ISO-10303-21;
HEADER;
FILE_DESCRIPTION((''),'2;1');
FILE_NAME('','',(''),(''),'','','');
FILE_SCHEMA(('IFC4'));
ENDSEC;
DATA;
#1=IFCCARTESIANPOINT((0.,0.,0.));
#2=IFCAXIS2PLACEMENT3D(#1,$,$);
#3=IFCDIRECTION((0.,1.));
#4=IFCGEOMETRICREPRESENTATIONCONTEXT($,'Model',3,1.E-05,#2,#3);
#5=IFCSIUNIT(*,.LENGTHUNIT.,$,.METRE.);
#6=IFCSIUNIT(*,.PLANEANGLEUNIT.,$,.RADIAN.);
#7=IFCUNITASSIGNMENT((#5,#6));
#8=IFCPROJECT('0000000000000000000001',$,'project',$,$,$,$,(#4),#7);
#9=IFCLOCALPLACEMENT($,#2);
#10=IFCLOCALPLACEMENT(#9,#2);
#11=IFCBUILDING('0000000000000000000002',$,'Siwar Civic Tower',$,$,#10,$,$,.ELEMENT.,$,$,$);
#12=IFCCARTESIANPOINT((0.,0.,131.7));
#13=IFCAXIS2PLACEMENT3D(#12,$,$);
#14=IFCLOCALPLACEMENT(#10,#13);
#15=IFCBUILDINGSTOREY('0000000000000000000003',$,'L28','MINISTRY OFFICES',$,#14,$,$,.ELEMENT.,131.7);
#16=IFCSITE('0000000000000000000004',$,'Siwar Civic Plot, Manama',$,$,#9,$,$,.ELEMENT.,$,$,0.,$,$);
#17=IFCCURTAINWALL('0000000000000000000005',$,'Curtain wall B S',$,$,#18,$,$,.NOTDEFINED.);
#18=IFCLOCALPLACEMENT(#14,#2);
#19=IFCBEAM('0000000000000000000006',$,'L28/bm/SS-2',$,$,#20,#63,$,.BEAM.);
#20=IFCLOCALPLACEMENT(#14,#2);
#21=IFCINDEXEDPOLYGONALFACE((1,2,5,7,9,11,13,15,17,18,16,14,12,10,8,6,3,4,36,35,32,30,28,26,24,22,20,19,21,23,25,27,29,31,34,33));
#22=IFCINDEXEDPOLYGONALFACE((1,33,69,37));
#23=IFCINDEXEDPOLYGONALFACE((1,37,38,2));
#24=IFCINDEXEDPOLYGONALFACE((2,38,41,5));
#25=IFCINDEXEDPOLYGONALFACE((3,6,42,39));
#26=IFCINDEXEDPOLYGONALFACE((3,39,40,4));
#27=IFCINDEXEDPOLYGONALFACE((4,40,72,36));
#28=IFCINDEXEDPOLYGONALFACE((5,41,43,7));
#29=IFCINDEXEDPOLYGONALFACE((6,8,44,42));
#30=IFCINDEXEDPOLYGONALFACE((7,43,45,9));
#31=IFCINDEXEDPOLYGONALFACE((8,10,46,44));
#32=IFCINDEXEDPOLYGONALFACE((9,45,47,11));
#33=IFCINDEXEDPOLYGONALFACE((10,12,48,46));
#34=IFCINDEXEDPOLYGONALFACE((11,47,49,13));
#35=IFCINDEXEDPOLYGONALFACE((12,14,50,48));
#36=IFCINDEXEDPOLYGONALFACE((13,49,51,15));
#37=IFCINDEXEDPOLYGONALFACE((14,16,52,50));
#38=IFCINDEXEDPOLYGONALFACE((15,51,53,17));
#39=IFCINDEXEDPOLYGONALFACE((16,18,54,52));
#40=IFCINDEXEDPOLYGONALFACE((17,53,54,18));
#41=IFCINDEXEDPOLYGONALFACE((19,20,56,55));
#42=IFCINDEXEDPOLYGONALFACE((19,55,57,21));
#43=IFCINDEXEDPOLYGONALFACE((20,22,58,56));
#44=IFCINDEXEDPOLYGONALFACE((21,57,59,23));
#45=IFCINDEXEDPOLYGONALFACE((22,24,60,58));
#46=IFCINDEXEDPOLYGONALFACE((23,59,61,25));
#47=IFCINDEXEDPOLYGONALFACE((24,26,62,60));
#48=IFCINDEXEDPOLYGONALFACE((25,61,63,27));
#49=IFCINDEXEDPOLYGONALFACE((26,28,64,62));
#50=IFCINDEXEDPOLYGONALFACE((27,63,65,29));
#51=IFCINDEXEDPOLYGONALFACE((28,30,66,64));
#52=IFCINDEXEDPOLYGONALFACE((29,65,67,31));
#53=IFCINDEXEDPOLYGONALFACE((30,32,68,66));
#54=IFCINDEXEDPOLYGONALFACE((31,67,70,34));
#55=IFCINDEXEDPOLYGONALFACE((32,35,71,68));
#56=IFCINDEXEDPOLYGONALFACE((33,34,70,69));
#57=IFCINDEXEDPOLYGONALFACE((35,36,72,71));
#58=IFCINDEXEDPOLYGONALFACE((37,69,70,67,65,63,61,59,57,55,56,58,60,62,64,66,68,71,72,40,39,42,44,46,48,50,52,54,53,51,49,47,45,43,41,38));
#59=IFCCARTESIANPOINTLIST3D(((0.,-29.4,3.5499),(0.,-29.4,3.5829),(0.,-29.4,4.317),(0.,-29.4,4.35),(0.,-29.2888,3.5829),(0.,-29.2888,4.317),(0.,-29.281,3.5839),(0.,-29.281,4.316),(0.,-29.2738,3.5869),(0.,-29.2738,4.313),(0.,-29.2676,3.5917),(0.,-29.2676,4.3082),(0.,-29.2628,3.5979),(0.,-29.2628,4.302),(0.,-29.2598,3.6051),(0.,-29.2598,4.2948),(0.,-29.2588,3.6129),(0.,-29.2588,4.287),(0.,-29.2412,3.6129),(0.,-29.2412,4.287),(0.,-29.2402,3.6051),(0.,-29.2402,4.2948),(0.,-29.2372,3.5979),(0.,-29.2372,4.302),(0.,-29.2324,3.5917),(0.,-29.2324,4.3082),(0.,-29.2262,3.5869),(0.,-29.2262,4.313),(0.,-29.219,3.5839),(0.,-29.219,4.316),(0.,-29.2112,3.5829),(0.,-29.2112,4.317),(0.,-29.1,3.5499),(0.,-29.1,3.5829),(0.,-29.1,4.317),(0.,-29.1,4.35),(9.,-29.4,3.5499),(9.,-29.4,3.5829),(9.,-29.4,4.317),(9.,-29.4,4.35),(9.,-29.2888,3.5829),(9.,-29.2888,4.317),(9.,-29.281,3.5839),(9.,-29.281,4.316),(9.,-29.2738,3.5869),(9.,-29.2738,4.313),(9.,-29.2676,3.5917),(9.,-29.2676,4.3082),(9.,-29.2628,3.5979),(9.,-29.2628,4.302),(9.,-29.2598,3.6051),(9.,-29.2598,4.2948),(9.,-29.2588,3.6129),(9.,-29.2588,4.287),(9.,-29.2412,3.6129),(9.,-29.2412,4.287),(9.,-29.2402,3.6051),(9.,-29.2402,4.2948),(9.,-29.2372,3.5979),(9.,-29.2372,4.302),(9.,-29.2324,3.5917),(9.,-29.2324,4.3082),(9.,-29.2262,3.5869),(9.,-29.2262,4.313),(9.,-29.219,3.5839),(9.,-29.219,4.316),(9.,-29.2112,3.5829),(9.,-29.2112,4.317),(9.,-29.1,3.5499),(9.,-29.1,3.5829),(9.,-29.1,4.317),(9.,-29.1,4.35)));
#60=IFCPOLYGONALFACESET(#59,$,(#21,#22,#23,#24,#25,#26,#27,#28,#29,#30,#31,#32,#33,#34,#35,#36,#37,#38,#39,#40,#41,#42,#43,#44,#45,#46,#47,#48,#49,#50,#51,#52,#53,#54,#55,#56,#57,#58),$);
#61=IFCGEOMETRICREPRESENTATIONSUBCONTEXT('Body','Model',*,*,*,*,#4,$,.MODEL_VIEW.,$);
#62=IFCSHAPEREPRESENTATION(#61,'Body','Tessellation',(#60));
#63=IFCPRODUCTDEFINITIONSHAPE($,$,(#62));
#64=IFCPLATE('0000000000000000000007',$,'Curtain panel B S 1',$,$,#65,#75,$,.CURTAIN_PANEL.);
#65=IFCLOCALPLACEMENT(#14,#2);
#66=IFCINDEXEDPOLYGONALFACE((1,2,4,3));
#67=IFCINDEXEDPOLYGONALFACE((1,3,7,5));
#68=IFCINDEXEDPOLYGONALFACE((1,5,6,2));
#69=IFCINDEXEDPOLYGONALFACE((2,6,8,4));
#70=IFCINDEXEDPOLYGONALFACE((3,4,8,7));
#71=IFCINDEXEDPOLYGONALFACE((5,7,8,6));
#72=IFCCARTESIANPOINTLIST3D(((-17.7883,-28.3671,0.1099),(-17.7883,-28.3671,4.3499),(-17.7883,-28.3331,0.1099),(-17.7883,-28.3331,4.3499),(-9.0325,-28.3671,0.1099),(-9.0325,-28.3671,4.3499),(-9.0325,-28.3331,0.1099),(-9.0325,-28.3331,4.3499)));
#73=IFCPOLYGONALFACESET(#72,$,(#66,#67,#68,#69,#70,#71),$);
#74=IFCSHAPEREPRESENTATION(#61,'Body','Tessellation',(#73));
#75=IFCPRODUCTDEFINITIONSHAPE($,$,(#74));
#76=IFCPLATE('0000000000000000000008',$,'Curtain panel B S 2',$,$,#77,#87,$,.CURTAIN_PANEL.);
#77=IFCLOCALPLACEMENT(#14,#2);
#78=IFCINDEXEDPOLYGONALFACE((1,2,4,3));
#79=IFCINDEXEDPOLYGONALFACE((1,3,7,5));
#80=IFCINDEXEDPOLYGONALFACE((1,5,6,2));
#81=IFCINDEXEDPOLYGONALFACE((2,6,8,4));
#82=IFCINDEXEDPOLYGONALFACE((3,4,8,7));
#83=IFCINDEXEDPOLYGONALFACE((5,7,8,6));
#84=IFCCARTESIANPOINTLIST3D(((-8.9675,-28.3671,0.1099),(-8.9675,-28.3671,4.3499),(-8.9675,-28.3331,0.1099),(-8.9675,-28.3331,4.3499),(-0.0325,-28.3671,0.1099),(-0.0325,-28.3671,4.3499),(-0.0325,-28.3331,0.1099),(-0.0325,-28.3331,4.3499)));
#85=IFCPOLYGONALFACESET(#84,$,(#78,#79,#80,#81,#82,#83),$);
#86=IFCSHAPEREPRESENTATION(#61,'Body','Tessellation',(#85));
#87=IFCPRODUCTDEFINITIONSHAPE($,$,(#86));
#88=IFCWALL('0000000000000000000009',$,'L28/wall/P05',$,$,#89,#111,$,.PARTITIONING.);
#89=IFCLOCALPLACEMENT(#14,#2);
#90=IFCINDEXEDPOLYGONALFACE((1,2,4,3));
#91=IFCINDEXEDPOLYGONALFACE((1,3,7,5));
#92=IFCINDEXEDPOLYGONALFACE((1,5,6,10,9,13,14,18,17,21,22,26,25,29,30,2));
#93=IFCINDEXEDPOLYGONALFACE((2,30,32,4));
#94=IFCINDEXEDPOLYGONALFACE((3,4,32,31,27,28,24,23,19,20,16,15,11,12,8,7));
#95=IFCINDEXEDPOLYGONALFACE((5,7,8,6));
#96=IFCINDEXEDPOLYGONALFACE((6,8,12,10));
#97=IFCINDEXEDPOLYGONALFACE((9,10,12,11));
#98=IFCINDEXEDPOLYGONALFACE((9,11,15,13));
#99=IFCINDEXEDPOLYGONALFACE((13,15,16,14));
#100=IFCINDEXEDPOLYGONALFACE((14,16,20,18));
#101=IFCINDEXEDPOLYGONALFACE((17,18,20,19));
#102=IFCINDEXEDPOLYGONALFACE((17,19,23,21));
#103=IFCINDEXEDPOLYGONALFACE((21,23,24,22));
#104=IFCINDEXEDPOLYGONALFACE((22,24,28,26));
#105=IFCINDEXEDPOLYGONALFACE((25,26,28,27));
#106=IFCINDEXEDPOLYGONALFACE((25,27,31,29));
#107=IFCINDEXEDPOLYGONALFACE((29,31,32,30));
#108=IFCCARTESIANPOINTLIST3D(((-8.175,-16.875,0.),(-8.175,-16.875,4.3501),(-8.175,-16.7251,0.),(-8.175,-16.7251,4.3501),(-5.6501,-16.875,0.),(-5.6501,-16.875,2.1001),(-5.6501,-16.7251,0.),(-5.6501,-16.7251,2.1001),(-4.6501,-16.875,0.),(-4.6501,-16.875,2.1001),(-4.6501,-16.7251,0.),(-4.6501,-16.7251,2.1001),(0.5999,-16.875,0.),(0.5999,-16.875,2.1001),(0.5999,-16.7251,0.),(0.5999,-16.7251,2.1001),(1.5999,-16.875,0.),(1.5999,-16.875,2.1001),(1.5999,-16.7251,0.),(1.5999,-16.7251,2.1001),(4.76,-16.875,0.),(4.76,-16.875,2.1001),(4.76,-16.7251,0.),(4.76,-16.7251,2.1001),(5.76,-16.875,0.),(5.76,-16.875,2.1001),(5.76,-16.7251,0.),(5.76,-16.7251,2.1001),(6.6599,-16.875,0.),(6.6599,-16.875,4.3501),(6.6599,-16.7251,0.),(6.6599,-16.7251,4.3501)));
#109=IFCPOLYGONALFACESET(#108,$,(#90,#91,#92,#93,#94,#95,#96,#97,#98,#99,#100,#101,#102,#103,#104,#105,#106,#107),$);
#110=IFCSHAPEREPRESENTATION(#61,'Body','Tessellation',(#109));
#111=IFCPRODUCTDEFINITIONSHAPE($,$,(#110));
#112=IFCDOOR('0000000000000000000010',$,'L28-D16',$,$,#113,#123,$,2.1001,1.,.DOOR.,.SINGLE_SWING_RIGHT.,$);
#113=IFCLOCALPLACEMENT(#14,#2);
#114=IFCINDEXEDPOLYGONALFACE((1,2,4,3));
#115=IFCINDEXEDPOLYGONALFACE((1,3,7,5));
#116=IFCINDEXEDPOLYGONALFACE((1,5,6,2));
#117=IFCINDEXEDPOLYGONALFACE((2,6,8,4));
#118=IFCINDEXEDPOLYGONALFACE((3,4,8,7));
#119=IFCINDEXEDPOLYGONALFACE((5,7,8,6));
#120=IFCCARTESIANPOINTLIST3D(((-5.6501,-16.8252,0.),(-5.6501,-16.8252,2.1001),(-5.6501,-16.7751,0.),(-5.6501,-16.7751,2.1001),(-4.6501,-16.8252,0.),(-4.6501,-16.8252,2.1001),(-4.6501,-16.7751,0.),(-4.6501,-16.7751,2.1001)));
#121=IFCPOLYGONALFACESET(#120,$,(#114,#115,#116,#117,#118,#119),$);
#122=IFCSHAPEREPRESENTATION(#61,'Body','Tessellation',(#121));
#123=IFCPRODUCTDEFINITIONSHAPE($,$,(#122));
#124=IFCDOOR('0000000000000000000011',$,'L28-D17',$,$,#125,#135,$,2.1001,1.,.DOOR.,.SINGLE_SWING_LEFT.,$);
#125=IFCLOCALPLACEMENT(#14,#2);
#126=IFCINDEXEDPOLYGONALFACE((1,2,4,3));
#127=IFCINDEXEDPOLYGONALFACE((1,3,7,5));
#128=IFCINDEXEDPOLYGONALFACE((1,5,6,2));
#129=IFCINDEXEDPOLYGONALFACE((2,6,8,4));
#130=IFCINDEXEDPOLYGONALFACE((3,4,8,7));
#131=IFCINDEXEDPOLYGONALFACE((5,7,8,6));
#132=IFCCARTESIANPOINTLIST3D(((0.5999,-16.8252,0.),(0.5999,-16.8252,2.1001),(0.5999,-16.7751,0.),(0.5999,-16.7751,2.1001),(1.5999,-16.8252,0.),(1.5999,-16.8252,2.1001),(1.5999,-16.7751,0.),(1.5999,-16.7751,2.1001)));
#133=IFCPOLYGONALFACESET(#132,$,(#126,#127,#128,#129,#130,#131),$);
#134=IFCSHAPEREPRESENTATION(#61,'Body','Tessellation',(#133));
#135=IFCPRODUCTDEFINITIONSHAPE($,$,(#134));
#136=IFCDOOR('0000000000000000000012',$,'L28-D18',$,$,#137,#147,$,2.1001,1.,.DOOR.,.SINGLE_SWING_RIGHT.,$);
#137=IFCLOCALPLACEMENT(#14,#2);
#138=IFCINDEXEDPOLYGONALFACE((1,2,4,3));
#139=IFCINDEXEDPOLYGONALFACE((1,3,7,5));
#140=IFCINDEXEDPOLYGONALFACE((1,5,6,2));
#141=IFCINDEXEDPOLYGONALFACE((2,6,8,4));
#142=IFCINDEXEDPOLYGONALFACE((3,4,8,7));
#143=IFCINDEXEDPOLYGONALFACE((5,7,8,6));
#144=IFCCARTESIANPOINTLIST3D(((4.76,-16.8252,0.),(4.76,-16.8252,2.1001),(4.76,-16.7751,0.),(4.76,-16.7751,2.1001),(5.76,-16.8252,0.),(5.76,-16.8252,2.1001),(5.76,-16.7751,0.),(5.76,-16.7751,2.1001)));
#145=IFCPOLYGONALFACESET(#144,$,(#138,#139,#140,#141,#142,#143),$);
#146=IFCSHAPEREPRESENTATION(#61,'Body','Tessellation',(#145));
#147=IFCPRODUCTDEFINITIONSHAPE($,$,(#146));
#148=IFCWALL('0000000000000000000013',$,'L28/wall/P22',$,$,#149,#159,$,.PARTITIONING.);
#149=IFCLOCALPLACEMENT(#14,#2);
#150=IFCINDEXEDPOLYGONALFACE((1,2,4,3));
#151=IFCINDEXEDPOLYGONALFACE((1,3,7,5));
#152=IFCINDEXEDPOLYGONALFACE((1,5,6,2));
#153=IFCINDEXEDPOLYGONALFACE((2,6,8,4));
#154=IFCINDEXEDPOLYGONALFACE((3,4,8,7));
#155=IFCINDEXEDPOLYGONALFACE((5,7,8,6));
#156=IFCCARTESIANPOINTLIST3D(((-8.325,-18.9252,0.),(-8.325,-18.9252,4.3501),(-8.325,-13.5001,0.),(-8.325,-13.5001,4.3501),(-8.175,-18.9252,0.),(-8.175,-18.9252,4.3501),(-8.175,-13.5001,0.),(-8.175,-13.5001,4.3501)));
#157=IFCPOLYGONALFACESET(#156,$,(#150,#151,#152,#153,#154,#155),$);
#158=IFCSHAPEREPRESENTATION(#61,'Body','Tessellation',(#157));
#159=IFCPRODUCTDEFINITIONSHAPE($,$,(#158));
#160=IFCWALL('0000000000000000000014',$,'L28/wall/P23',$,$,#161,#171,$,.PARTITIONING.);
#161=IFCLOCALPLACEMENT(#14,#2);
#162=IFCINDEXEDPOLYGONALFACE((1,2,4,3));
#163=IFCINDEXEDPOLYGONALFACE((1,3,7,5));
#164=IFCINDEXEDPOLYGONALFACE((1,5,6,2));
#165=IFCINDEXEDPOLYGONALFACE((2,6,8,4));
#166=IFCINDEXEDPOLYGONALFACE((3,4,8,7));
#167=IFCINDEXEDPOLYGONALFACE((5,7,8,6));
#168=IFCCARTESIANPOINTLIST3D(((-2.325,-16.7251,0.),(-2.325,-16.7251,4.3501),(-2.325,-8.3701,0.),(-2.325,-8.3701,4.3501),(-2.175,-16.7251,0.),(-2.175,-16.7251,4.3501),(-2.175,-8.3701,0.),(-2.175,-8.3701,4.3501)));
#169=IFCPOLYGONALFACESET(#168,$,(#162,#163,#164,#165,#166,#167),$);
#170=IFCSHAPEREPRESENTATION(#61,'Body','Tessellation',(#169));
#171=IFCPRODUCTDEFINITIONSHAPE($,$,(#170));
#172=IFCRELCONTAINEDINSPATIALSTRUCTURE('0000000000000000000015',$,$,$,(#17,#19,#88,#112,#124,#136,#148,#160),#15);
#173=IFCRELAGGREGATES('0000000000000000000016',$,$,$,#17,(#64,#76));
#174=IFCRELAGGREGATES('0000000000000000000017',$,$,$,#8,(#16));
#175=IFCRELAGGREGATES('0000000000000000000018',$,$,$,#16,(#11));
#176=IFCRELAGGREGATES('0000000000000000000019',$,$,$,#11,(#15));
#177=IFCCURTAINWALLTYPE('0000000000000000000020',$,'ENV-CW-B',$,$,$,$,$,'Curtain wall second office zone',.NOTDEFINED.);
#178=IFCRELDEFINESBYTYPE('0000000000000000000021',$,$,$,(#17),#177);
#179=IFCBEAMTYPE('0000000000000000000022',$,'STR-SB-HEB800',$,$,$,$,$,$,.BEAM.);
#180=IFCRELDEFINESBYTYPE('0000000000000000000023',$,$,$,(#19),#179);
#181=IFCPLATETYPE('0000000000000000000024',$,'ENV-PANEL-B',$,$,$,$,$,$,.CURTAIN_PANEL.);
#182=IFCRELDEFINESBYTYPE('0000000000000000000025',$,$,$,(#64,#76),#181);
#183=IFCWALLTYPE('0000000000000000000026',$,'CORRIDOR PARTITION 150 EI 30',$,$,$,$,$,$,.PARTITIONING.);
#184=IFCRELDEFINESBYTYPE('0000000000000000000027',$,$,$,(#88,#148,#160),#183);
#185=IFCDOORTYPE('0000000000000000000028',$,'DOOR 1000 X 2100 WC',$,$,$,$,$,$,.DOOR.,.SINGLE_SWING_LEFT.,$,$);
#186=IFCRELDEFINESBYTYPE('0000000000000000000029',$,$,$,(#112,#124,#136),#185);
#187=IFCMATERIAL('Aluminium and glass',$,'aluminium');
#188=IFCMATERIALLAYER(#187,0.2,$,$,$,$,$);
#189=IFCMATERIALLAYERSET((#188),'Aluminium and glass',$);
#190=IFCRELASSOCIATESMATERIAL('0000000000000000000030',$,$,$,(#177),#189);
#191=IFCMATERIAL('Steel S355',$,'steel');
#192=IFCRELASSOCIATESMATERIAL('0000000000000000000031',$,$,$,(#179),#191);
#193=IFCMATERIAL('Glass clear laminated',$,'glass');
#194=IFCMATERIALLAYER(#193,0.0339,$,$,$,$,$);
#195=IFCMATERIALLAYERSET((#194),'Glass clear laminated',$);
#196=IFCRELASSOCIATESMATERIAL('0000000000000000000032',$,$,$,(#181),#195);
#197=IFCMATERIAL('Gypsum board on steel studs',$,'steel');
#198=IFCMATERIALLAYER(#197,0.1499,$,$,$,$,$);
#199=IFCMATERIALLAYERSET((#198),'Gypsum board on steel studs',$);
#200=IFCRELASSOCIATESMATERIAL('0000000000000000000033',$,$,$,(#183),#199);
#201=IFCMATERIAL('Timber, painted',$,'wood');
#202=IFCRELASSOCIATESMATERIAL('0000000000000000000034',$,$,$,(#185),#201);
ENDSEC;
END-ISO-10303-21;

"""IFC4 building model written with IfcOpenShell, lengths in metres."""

from ifc_helpers import new_model, si_unit, direction, frame, frame_2d, origin, origin_2d, place, context, subcontext, project, spatial, rectangle, i_section, extrude, material, layer, layer_set, material_profile, profile_set, type_object, element, fill, aggregate, save


model = new_model("IFC4")

# Units and contexts
model_context = context("Model", 3, precision=1e-05, world=origin(), true_north=direction((0.0, 1.0)))
body_context = subcontext(model_context, "Body", "Model", "MODEL_VIEW")
ifc_project = project(units=[si_unit("LENGTHUNIT", "METRE"), si_unit("PLANEANGLEUNIT", "RADIAN")], contexts=[model_context])

# Site, building, storey
site_placement = place(None, origin())
site = spatial("IfcSite", under=ifc_project, at=site_placement, Name="Siwar Civic Plot, Manama", CompositionType="ELEMENT", RefElevation=0.0)
building_placement = place(site_placement, origin())
building = spatial("IfcBuilding", under=site, at=building_placement, Name="Siwar Civic Tower", CompositionType="ELEMENT")
storey_placement = place(building_placement, frame((0.0, 0.0, 131.7)))
storey = spatial("IfcBuildingStorey", under=building, at=storey_placement, Name="L28", Description="MINISTRY OFFICES", CompositionType="ELEMENT", Elevation=131.7)

# Curtain wall
ifc_material_1 = material(Name="Aluminium and glass", Category="aluminium")
ifc_layer_1 = layer(ifc_material_1, 0.2)
ifc_layer_set_1 = layer_set([ifc_layer_1], Name="Aluminium and glass")
curtain_wall_type = type_object("IfcCurtainWallType", Name="ENV-CW-B", ElementType="Curtain wall second office zone", PredefinedType="NOTDEFINED", material=ifc_layer_set_1)
curtain_wall_placement = place(storey_placement, origin())
curtain_wall = element("IfcCurtainWall", 1, at=curtain_wall_placement, inside=storey, type_object=curtain_wall_type, Name="Curtain wall B S", PredefinedType="NOTDEFINED")

# Beam
ifc_material_2 = material(Name="Steel S355", Category="steel")
ifc_material_profile_1 = material_profile(ifc_material_2, i_section(OverallWidth=0.3, OverallDepth=0.8, WebThickness=0.0176, FlangeThickness=0.033, FilletRadius=0.03, at=origin_2d()), Name="HEB800")
ifc_profile_set_1 = profile_set([ifc_material_profile_1], Name="Steel S355")
beam_type_1 = type_object("IfcBeamType", Name="STR-SB-HEB800", PredefinedType="BEAM", material=ifc_profile_set_1)
for number, where, z_axis, x_axis, name in (
    (2, (0.0, -29.25, 3.95), (1.0, 0.0, 0.0), (0.0, 1.0, 0.0), "L28/bm/SS-2"),
):
    element("IfcBeam", number, at=place(storey_placement, frame(where, z_axis=z_axis, x_axis=x_axis)), inside=storey, type_object=beam_type_1, Name=name, PredefinedType="BEAM", context=body_context, shape_type="SweptSolid", body=[
        extrude(i_section(OverallWidth=0.3, OverallDepth=0.8, WebThickness=0.0176, FlangeThickness=0.033, FilletRadius=0.03, at=origin_2d()), origin(), (0.0, 0.0, 1.0), 9.0),
    ])

# Plates
ifc_material_3 = material(Name="Glass clear laminated", Category="glass")
ifc_layer_2 = layer(ifc_material_3, 0.0339)
ifc_layer_set_2 = layer_set([ifc_layer_2], Name="Glass clear laminated")
plate_type = type_object("IfcPlateType", Name="ENV-PANEL-B", PredefinedType="CURTAIN_PANEL", material=ifc_layer_set_2)
plate_1_placement = place(storey_placement, frame((-13.4104, -28.3501, 0.1099), z_axis=(0.0, 0.0, 1.0), x_axis=(1.0, 0.0, 0.0)))
plate_1 = element("IfcPlate", 3, at=plate_1_placement, type_object=plate_type, Name="Curtain panel B S 1", PredefinedType="CURTAIN_PANEL", context=body_context, shape_type="SweptSolid", body=[
    extrude(rectangle(XDim=8.7559, YDim=0.0339, at=origin_2d()), origin(), (0.0, 0.0, 1.0), 4.24),
])
plate_2_placement = place(storey_placement, frame((-4.5, -28.3501, 0.1099), z_axis=(0.0, 0.0, 1.0), x_axis=(1.0, 0.0, 0.0)))
plate_2 = element("IfcPlate", 4, at=plate_2_placement, type_object=plate_type, Name="Curtain panel B S 2", PredefinedType="CURTAIN_PANEL", context=body_context, shape_type="SweptSolid", body=[
    extrude(rectangle(XDim=8.9351, YDim=0.0339, at=origin_2d()), origin(), (0.0, 0.0, 1.0), 4.24),
])
aggregate(curtain_wall, [plate_1, plate_2])

# Wall, openings, doors
ifc_material_4 = material(Name="Gypsum board on steel studs", Category="steel")
ifc_layer_3 = layer(ifc_material_4, 0.1499)
ifc_layer_set_3 = layer_set([ifc_layer_3], Name="Gypsum board on steel studs")
wall_type_1 = type_object("IfcWallType", Name="CORRIDOR PARTITION 150 EI 30", PredefinedType="PARTITIONING", material=ifc_layer_set_3)
wall_1_placement = place(storey_placement, frame((-8.175, -16.8, 0.0), z_axis=(0.0, 0.0, 1.0), x_axis=(1.0, 0.0, 0.0)))
wall_1 = element("IfcWall", 5, at=wall_1_placement, inside=storey, type_object=wall_type_1, Name="L28/wall/P05", PredefinedType="PARTITIONING", context=body_context, shape_type="SweptSolid", body=[
    extrude(rectangle(XDim=14.835, YDim=0.1499, at=frame_2d((7.4175, 0.0))), origin(), (0.0, 0.0, 1.0), 4.3501),
])
opening_1_placement = place(wall_1_placement, frame((2.5249, 0.0, 0.0)))
opening_1 = element("IfcOpeningElement", 6, at=opening_1_placement, cuts=wall_1, PredefinedType="OPENING", context=body_context, shape_type="SweptSolid", body=[
    extrude(rectangle(XDim=1.0, YDim=2.1001, at=frame_2d((0.5, 1.05))), frame((0.0, 0.085, 0.0), z_axis=(0.0, -1.0, 0.0), x_axis=(1.0, 0.0, 0.0)), (0.0, 0.0, 1.0), 0.1699),
])
opening_2_placement = place(wall_1_placement, frame((8.7749, 0.0, 0.0)))
opening_2 = element("IfcOpeningElement", 7, at=opening_2_placement, cuts=wall_1, PredefinedType="OPENING", context=body_context, shape_type="SweptSolid", body=[
    extrude(rectangle(XDim=1.0, YDim=2.1001, at=frame_2d((0.5, 1.05))), frame((0.0, 0.085, 0.0), z_axis=(0.0, -1.0, 0.0), x_axis=(1.0, 0.0, 0.0)), (0.0, 0.0, 1.0), 0.1699),
])
opening_3_placement = place(wall_1_placement, frame((12.9351, 0.0, 0.0)))
opening_3 = element("IfcOpeningElement", 8, at=opening_3_placement, cuts=wall_1, PredefinedType="OPENING", context=body_context, shape_type="SweptSolid", body=[
    extrude(rectangle(XDim=1.0, YDim=2.1001, at=frame_2d((0.5, 1.05))), frame((0.0, 0.085, 0.0), z_axis=(0.0, -1.0, 0.0), x_axis=(1.0, 0.0, 0.0)), (0.0, 0.0, 1.0), 0.1699),
])
ifc_material_5 = material(Name="Timber, painted", Category="wood")
door_type = type_object("IfcDoorType", Name="DOOR 1000 X 2100 WC", OperationType="SINGLE_SWING_LEFT", PredefinedType="DOOR", material=ifc_material_5)
door_1_placement = place(opening_1_placement, origin())
door_1 = element("IfcDoor", 9, at=door_1_placement, inside=storey, type_object=door_type, Name="L28-D16", OperationType="SINGLE_SWING_RIGHT", OverallHeight=2.1001, OverallWidth=1.0, PredefinedType="DOOR", context=body_context, shape_type="SweptSolid", body=[
    extrude(rectangle(XDim=1.0, YDim=2.1001, at=frame_2d((0.5, 1.05))), frame((0.0, 0.0249, 0.0), z_axis=(0.0, -1.0, 0.0), x_axis=(1.0, 0.0, 0.0)), (0.0, 0.0, 1.0), 0.05),
])
fill(opening_1, door_1)
door_2_placement = place(opening_2_placement, origin())
door_2 = element("IfcDoor", 10, at=door_2_placement, inside=storey, type_object=door_type, Name="L28-D17", OperationType="SINGLE_SWING_LEFT", OverallHeight=2.1001, OverallWidth=1.0, PredefinedType="DOOR", context=body_context, shape_type="SweptSolid", body=[
    extrude(rectangle(XDim=1.0, YDim=2.1001, at=frame_2d((0.5, 1.05))), frame((0.0, 0.0249, 0.0), z_axis=(0.0, -1.0, 0.0), x_axis=(1.0, 0.0, 0.0)), (0.0, 0.0, 1.0), 0.05),
])
fill(opening_2, door_2)
door_3_placement = place(opening_3_placement, origin())
door_3 = element("IfcDoor", 11, at=door_3_placement, inside=storey, type_object=door_type, Name="L28-D18", OperationType="SINGLE_SWING_RIGHT", OverallHeight=2.1001, OverallWidth=1.0, PredefinedType="DOOR", context=body_context, shape_type="SweptSolid", body=[
    extrude(rectangle(XDim=1.0, YDim=2.1001, at=frame_2d((0.5, 1.05))), frame((0.0, 0.0249, 0.0), z_axis=(0.0, -1.0, 0.0), x_axis=(1.0, 0.0, 0.0)), (0.0, 0.0, 1.0), 0.05),
])
fill(opening_3, door_3)

# Walls
wall_2_placement = place(storey_placement, frame((-8.25, -18.925, 0.0), z_axis=(0.0, 0.0, 1.0), x_axis=(0.0, 1.0, 0.0)))
element("IfcWall", 12, at=wall_2_placement, inside=storey, type_object=wall_type_1, Name="L28/wall/P22", PredefinedType="PARTITIONING", context=body_context, shape_type="SweptSolid", body=[
    extrude(rectangle(XDim=5.425, YDim=0.1499, at=frame_2d((2.7124, 0.0))), origin(), (0.0, 0.0, 1.0), 4.3501),
])
wall_3_placement = place(storey_placement, frame((-2.25, -16.7251, 0.0), z_axis=(0.0, 0.0, 1.0), x_axis=(0.0, 1.0, 0.0)))
element("IfcWall", 13, at=wall_3_placement, inside=storey, type_object=wall_type_1, Name="L28/wall/P23", PredefinedType="PARTITIONING", context=body_context, shape_type="SweptSolid", body=[
    extrude(rectangle(XDim=8.355, YDim=0.1499, at=frame_2d((4.1775, 0.0))), origin(), (0.0, 0.0, 1.0), 4.3501),
])

save(model, "model.ifc")
